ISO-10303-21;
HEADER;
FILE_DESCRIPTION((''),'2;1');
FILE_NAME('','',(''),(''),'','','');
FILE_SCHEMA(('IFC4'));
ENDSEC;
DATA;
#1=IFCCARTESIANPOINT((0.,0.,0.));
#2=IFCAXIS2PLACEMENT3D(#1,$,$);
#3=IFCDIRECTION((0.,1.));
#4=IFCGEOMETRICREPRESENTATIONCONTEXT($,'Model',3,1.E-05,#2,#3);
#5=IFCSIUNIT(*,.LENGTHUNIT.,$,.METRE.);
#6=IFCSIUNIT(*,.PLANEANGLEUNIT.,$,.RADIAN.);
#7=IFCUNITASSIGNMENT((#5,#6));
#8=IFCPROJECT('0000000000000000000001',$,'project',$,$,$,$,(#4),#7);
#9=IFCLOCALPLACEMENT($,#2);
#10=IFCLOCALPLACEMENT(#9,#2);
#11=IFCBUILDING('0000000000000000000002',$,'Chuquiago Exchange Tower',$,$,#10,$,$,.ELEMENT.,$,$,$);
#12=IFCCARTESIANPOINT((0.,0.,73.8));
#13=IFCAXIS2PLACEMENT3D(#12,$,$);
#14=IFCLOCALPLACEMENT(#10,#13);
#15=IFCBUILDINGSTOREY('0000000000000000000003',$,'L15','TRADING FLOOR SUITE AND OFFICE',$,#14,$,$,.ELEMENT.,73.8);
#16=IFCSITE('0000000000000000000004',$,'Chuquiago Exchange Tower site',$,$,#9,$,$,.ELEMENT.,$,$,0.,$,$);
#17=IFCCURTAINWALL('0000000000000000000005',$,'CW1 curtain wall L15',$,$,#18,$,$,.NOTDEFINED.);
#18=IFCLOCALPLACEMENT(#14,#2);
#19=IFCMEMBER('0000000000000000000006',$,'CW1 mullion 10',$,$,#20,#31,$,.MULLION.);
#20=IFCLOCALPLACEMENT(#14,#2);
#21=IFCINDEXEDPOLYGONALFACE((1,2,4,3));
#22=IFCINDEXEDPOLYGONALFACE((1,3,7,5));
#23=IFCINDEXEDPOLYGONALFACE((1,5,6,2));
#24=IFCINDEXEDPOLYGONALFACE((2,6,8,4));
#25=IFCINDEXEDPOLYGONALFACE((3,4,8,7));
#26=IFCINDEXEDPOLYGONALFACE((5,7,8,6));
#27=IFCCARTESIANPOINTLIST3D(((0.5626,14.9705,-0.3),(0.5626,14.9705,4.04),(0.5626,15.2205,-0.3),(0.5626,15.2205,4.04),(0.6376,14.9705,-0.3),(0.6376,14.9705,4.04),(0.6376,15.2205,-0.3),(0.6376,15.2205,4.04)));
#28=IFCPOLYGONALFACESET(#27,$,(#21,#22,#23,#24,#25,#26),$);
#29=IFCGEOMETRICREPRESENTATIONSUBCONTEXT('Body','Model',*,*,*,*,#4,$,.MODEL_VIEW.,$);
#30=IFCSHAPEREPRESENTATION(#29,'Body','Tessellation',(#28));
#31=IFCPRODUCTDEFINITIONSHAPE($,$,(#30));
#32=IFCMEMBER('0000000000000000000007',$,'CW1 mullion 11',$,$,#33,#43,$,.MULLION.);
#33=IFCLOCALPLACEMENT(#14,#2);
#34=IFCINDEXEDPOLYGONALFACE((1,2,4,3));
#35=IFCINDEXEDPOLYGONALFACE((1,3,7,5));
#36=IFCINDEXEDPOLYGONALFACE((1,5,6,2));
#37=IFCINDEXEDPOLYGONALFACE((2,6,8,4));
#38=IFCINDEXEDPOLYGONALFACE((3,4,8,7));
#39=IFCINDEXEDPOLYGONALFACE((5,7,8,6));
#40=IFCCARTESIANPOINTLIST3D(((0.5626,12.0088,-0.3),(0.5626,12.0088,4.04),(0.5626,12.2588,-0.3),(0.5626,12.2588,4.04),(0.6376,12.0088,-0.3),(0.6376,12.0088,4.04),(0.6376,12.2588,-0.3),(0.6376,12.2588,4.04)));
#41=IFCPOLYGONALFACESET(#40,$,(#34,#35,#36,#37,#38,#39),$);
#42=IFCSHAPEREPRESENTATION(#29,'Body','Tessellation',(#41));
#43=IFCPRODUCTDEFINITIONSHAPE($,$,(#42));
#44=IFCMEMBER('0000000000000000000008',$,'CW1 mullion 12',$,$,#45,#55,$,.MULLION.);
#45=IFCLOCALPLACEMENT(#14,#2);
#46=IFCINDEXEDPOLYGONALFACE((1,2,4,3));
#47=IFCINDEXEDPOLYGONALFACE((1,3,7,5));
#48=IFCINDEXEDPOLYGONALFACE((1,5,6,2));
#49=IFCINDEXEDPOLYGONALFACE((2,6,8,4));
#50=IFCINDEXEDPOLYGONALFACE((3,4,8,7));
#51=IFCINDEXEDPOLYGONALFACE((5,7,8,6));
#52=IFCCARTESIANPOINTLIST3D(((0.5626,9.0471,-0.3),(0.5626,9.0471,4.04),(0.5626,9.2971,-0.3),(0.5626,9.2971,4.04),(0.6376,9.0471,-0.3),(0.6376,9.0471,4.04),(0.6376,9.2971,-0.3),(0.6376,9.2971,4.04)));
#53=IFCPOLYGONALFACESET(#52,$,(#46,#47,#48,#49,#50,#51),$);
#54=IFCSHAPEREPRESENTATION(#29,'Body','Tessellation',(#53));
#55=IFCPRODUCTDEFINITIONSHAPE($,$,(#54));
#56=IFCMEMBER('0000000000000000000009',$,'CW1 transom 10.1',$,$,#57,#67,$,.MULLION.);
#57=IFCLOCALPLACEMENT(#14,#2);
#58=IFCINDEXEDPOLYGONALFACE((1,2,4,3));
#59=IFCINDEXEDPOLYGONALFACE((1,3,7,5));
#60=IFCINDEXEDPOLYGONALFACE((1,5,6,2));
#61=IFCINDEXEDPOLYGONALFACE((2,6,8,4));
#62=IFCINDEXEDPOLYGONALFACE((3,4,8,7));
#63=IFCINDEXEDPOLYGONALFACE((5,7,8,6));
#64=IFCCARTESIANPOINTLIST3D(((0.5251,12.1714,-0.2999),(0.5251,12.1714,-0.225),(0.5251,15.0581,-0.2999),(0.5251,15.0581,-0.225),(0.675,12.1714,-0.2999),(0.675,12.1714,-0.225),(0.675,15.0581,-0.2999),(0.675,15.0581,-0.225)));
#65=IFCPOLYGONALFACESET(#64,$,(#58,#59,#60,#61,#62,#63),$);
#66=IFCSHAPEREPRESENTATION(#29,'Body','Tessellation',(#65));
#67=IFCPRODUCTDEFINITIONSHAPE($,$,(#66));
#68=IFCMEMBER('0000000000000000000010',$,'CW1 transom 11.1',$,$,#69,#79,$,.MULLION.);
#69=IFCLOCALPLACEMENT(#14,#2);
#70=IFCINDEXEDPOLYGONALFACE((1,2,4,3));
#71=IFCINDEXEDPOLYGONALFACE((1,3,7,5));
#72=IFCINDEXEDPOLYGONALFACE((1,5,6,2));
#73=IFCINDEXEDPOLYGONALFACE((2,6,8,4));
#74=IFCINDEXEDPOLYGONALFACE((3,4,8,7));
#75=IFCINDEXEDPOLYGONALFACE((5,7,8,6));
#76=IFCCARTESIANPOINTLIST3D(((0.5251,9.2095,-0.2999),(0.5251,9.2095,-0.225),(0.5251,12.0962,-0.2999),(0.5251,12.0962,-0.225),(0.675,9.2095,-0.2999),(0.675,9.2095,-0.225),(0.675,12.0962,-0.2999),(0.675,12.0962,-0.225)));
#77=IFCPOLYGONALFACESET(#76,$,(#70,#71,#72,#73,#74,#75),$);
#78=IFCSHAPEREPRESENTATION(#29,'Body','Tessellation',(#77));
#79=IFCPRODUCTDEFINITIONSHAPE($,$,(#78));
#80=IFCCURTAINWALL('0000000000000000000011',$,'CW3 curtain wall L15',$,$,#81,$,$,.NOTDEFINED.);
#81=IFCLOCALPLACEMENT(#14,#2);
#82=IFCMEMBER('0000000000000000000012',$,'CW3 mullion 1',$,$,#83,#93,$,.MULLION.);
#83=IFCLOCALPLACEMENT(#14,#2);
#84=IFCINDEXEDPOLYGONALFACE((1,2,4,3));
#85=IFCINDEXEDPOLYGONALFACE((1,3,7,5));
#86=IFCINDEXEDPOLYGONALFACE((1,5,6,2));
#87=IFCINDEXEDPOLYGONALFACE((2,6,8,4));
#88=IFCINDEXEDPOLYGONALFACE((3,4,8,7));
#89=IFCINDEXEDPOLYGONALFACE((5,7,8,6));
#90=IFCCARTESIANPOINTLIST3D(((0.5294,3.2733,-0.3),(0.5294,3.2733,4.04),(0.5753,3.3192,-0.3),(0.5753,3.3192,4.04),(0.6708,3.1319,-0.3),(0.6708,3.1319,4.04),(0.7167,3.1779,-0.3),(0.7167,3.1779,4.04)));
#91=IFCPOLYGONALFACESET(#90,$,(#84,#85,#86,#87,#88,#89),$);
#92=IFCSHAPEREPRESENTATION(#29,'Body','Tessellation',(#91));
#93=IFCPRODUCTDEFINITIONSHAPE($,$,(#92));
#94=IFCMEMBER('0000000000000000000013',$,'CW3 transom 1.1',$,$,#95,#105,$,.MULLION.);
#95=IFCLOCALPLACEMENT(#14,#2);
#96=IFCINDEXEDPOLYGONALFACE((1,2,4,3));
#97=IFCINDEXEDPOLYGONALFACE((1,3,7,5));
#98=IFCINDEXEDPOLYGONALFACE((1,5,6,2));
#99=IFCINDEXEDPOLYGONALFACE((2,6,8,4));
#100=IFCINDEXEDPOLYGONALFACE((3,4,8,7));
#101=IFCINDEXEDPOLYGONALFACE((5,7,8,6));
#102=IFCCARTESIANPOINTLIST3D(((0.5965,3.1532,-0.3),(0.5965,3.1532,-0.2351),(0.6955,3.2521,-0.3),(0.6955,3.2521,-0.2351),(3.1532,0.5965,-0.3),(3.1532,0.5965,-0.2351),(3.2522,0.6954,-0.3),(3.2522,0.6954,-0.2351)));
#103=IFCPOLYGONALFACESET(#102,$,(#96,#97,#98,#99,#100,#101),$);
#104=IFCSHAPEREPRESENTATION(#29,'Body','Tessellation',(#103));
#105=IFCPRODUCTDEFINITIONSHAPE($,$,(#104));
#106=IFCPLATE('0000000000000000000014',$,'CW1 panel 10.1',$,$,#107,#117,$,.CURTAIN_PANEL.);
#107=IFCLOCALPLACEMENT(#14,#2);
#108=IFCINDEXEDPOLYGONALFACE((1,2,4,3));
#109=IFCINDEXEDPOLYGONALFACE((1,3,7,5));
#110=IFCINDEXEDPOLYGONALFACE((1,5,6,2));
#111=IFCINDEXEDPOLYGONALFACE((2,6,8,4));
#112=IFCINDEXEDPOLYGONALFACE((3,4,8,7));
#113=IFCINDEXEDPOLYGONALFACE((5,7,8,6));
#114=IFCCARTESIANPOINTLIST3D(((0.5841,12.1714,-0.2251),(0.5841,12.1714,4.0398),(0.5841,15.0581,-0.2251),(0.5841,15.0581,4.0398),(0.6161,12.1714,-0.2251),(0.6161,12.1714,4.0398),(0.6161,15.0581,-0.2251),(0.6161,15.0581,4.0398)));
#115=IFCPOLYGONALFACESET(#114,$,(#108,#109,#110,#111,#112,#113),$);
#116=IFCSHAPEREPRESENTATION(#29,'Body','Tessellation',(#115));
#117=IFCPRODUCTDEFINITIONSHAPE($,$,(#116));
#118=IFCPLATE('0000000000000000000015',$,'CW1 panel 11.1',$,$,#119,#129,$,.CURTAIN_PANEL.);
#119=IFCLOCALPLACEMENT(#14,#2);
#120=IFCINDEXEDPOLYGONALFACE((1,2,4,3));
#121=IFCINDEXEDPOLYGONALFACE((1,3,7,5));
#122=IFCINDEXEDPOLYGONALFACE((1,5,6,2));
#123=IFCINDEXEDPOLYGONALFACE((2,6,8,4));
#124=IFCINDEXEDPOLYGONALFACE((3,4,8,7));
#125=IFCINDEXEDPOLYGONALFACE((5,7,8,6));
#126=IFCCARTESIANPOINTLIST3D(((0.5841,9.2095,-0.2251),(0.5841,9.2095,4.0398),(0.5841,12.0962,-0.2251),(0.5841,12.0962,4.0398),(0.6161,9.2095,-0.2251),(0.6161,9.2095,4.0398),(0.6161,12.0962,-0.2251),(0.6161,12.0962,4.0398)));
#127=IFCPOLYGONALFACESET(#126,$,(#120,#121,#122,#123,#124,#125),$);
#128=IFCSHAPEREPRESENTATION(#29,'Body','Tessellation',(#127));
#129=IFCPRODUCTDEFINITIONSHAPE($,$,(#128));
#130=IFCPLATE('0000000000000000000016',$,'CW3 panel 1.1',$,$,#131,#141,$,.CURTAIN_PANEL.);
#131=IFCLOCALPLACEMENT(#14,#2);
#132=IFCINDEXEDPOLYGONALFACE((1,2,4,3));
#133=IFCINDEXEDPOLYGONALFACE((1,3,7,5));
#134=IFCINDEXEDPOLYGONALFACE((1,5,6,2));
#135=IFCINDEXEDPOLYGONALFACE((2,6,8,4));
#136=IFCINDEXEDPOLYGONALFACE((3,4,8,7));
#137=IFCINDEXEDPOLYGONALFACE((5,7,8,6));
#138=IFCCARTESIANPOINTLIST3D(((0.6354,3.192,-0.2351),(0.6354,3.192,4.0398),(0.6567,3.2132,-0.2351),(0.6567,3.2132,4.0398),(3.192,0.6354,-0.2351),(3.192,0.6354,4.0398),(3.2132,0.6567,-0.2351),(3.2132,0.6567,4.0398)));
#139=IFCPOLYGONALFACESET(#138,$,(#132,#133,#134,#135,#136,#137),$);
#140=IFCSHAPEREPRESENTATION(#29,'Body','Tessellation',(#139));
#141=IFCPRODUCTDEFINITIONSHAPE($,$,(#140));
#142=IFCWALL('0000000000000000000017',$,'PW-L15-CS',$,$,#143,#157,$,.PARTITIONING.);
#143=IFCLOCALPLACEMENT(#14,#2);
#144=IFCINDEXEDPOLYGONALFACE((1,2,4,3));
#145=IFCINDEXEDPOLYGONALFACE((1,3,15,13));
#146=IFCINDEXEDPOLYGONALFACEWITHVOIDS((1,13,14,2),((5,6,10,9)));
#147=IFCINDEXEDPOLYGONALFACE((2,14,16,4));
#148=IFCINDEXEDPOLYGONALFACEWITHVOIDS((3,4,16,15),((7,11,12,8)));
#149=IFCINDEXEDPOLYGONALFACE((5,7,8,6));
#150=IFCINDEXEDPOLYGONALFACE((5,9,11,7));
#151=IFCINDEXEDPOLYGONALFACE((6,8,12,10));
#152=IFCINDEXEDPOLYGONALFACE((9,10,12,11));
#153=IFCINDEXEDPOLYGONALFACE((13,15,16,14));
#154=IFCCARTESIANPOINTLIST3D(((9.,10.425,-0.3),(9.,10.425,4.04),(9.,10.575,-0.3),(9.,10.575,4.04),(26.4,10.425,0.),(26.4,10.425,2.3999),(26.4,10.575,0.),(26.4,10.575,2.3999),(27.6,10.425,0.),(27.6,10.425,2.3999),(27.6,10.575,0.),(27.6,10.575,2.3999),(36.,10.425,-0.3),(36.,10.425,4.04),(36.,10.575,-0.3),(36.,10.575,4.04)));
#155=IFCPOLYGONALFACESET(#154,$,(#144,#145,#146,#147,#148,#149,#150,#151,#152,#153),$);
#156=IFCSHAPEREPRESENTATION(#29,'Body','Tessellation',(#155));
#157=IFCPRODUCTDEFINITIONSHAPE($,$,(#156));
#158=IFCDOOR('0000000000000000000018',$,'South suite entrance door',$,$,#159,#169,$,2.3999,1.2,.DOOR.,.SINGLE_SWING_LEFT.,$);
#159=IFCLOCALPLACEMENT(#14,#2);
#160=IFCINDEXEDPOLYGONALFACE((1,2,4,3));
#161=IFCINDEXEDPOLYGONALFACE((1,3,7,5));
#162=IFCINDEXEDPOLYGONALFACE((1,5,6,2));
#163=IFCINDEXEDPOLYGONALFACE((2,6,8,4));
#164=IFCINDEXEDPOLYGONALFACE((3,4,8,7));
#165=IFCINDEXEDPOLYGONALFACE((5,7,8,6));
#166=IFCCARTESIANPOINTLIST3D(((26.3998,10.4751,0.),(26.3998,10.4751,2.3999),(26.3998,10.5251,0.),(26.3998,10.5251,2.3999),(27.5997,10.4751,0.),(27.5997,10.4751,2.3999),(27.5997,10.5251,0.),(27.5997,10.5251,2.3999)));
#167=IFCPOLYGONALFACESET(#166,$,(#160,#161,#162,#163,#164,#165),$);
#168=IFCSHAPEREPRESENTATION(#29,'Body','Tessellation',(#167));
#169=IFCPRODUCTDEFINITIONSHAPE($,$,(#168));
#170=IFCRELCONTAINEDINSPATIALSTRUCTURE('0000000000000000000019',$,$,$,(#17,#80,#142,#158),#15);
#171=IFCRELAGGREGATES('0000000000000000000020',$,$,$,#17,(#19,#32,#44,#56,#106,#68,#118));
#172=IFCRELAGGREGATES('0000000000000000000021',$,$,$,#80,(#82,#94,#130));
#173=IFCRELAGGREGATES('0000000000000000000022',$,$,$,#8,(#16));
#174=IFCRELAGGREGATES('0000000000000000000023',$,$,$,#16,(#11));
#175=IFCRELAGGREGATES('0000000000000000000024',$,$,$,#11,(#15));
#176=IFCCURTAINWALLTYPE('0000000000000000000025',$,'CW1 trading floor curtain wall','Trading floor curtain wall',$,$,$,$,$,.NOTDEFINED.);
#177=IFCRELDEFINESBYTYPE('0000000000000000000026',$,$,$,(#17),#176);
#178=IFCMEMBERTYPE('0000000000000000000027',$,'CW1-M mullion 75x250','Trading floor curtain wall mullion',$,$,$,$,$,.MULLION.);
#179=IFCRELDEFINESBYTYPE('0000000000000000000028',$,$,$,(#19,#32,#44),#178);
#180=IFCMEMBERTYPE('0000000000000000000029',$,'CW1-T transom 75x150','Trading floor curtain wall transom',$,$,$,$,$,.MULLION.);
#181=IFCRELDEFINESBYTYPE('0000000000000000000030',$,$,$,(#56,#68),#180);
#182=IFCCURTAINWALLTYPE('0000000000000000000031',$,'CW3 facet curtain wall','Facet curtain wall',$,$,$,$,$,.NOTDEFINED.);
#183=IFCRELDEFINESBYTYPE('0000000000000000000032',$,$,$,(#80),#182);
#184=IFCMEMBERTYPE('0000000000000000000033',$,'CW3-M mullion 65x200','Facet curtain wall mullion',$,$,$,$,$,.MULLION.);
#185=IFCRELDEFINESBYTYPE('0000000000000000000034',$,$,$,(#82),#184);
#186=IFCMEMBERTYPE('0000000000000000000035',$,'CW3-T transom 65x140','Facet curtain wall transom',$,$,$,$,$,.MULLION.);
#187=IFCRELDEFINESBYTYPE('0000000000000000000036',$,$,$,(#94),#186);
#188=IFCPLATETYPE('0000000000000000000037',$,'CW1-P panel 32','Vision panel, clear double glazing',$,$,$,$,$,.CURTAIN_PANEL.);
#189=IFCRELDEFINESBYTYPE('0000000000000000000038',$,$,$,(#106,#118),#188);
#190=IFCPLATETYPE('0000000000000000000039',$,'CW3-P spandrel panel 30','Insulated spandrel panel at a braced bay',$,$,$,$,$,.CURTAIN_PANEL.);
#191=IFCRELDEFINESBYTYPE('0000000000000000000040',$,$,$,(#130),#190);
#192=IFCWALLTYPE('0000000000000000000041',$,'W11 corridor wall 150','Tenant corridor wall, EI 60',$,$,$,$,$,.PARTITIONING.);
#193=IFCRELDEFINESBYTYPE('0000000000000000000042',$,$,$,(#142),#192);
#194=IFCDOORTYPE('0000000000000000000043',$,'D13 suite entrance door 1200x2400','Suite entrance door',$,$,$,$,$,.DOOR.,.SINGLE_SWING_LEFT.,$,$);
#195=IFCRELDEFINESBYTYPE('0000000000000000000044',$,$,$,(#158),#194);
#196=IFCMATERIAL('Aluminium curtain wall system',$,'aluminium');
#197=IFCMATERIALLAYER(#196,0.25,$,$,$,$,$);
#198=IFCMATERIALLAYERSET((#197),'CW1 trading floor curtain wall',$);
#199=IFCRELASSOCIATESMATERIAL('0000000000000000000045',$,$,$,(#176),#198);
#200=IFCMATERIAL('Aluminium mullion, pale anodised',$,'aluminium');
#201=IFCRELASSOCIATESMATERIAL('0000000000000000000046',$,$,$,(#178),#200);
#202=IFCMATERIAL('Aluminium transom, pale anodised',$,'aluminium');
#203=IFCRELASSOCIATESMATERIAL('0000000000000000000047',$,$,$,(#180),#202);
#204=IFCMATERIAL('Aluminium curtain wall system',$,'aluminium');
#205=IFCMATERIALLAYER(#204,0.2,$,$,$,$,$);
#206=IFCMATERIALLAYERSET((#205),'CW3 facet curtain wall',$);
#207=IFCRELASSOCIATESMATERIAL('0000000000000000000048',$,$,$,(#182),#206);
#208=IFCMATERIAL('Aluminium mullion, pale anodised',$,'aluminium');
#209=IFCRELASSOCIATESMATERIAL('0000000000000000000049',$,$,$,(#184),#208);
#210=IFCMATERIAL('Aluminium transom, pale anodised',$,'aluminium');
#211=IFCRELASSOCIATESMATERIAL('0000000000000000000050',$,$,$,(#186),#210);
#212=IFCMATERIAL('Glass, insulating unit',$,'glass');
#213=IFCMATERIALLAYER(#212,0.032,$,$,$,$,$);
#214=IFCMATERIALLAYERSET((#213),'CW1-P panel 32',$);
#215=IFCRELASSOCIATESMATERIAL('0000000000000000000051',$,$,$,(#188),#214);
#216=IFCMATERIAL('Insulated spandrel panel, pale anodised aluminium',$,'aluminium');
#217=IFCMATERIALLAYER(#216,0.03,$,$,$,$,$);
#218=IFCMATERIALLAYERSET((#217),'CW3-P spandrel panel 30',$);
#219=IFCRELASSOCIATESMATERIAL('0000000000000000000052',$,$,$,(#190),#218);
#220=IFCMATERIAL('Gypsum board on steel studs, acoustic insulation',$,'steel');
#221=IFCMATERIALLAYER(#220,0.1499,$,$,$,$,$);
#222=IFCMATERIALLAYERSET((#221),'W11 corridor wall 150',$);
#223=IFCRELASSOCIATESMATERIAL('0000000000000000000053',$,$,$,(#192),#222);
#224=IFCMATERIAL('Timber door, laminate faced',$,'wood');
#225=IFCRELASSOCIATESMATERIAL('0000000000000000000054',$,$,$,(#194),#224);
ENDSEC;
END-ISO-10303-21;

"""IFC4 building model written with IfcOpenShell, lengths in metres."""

from ifc_helpers import new_model, si_unit, direction, frame, frame_2d, origin, origin_2d, place, context, subcontext, project, spatial, rectangle, extrude, material, layer, layer_set, material_profile, profile_set, type_object, element, fill, aggregate, save


model = new_model("IFC4")

# Units and contexts
model_context = context("Model", 3, precision=1e-05, world=origin(), true_north=direction((0.0, 1.0)))
body_context = subcontext(model_context, "Body", "Model", "MODEL_VIEW")
ifc_project = project(units=[si_unit("LENGTHUNIT", "METRE"), si_unit("PLANEANGLEUNIT", "RADIAN")], contexts=[model_context])

# Site, building, storey
site_placement = place(None, origin())
site = spatial("IfcSite", under=ifc_project, at=site_placement, Name="Chuquiago Exchange Tower site", CompositionType="ELEMENT", RefElevation=0.0)
building_placement = place(site_placement, origin())
building = spatial("IfcBuilding", under=site, at=building_placement, Name="Chuquiago Exchange Tower", CompositionType="ELEMENT")
storey_placement = place(building_placement, frame((0.0, 0.0, 73.8)))
storey = spatial("IfcBuildingStorey", under=building, at=storey_placement, Name="L15", Description="TRADING FLOOR SUITE AND OFFICE", CompositionType="ELEMENT", Elevation=73.8)

# Curtain walls, members
ifc_material_1 = material(Name="Aluminium curtain wall system", Category="aluminium")
ifc_layer_1 = layer(ifc_material_1, 0.25)
ifc_layer_set_1 = layer_set([ifc_layer_1], Name="CW1 trading floor curtain wall")
curtain_wall_type_1 = type_object("IfcCurtainWallType", Name="CW1 trading floor curtain wall", Description="Trading floor curtain wall", PredefinedType="NOTDEFINED", material=ifc_layer_set_1)
curtain_wall_1_placement = place(storey_placement, origin())
curtain_wall_1 = element("IfcCurtainWall", 1, at=curtain_wall_1_placement, inside=storey, type_object=curtain_wall_type_1, Name="CW1 curtain wall L15", PredefinedType="NOTDEFINED")
ifc_material_2 = material(Name="Aluminium mullion, pale anodised", Category="aluminium")
ifc_material_profile_1 = material_profile(ifc_material_2, rectangle(XDim=0.075, YDim=0.25, at=origin_2d()), Name="AL 75x250")
ifc_profile_set_1 = profile_set([ifc_material_profile_1], Name="Aluminium mullion, pale anodised")
member_type_1 = type_object("IfcMemberType", Name="CW1-M mullion 75x250", Description="Trading floor curtain wall mullion", PredefinedType="MULLION", material=ifc_profile_set_1)
member_1_placement = place(storey_placement, frame((0.6001, 15.0955, -0.3), z_axis=(0.0, 0.0, 1.0), x_axis=(1.0, 0.0, 0.0)))
member_1 = element("IfcMember", 2, at=member_1_placement, type_object=member_type_1, Name="CW1 mullion 10", PredefinedType="MULLION", context=body_context, shape_type="SweptSolid", body=[
    extrude(rectangle(XDim=0.075, YDim=0.25, at=origin_2d()), origin(), (0.0, 0.0, 1.0), 4.3401),
])
member_2_placement = place(storey_placement, frame((0.6001, 12.1338, -0.3), z_axis=(0.0, 0.0, 1.0), x_axis=(1.0, 0.0, 0.0)))
member_2 = element("IfcMember", 3, at=member_2_placement, type_object=member_type_1, Name="CW1 mullion 11", PredefinedType="MULLION", context=body_context, shape_type="SweptSolid", body=[
    extrude(rectangle(XDim=0.075, YDim=0.25, at=origin_2d()), origin(), (0.0, 0.0, 1.0), 4.3401),
])
member_3_placement = place(storey_placement, frame((0.6001, 9.1721, -0.3), z_axis=(0.0, 0.0, 1.0), x_axis=(1.0, 0.0, 0.0)))
member_3 = element("IfcMember", 4, at=member_3_placement, type_object=member_type_1, Name="CW1 mullion 12", PredefinedType="MULLION", context=body_context, shape_type="SweptSolid", body=[
    extrude(rectangle(XDim=0.075, YDim=0.25, at=origin_2d()), origin(), (0.0, 0.0, 1.0), 4.3401),
])
ifc_material_3 = material(Name="Aluminium transom, pale anodised", Category="aluminium")
ifc_material_profile_2 = material_profile(ifc_material_3, rectangle(XDim=0.1499, YDim=0.075, at=origin_2d()), Name="AL 150x75")
ifc_profile_set_2 = profile_set([ifc_material_profile_2], Name="Aluminium transom, pale anodised")
member_type_2 = type_object("IfcMemberType", Name="CW1-T transom 75x150", Description="Trading floor curtain wall transom", PredefinedType="MULLION", material=ifc_profile_set_2)
member_4_placement = place(storey_placement, frame((0.6001, 15.0581, -0.2625), z_axis=(0.0, -1.0, 0.0), x_axis=(1.0, 0.0, 0.0)))
member_4 = element("IfcMember", 5, at=member_4_placement, type_object=member_type_2, Name="CW1 transom 10.1", PredefinedType="MULLION", context=body_context, shape_type="SweptSolid", body=[
    extrude(rectangle(XDim=0.1499, YDim=0.075, at=origin_2d()), origin(), (0.0, 0.0, 1.0), 2.8867),
])
member_5_placement = place(storey_placement, frame((0.6001, 12.0962, -0.2625), z_axis=(0.0, -1.0, 0.0), x_axis=(1.0, 0.0, 0.0)))
member_5 = element("IfcMember", 6, at=member_5_placement, type_object=member_type_2, Name="CW1 transom 11.1", PredefinedType="MULLION", context=body_context, shape_type="SweptSolid", body=[
    extrude(rectangle(XDim=0.1499, YDim=0.075, at=origin_2d()), origin(), (0.0, 0.0, 1.0), 2.8867),
])
ifc_material_4 = material(Name="Aluminium curtain wall system", Category="aluminium")
ifc_layer_2 = layer(ifc_material_4, 0.2)
ifc_layer_set_2 = layer_set([ifc_layer_2], Name="CW3 facet curtain wall")
curtain_wall_type_2 = type_object("IfcCurtainWallType", Name="CW3 facet curtain wall", Description="Facet curtain wall", PredefinedType="NOTDEFINED", material=ifc_layer_set_2)
curtain_wall_2_placement = place(storey_placement, origin())
curtain_wall_2 = element("IfcCurtainWall", 7, at=curtain_wall_2_placement, inside=storey, type_object=curtain_wall_type_2, Name="CW3 curtain wall L15", PredefinedType="NOTDEFINED")
ifc_material_5 = material(Name="Aluminium mullion, pale anodised", Category="aluminium")
ifc_material_profile_3 = material_profile(ifc_material_5, rectangle(XDim=0.0649, YDim=0.2, at=origin_2d()), Name="AL 65x200")
ifc_profile_set_3 = profile_set([ifc_material_profile_3], Name="Aluminium mullion, pale anodised")
member_type_3 = type_object("IfcMemberType", Name="CW3-M mullion 65x200", Description="Facet curtain wall mullion", PredefinedType="MULLION", material=ifc_profile_set_3)
member_6_placement = place(storey_placement, frame((0.623, 3.2256, -0.3), z_axis=(0.0, 0.0, 1.0), x_axis=(0.707107, 0.707107, 0.0)))
member_6 = element("IfcMember", 8, at=member_6_placement, type_object=member_type_3, Name="CW3 mullion 1", PredefinedType="MULLION", context=body_context, shape_type="SweptSolid", body=[
    extrude(rectangle(XDim=0.0649, YDim=0.2, at=origin_2d()), origin(), (0.0, 0.0, 1.0), 4.3401),
])
ifc_material_6 = material(Name="Aluminium transom, pale anodised", Category="aluminium")
ifc_material_profile_4 = material_profile(ifc_material_6, rectangle(XDim=0.1399, YDim=0.0649, at=origin_2d()), Name="AL 140x65")
ifc_profile_set_4 = profile_set([ifc_material_profile_4], Name="Aluminium transom, pale anodised")
member_type_4 = type_object("IfcMemberType", Name="CW3-T transom 65x140", Description="Facet curtain wall transom", PredefinedType="MULLION", material=ifc_profile_set_4)
member_7_placement = place(storey_placement, frame((0.646, 3.2026, -0.2676), z_axis=(0.707107, -0.707107, 0.0), x_axis=(0.707107, 0.707107, 0.0)))
member_7 = element("IfcMember", 9, at=member_7_placement, type_object=member_type_4, Name="CW3 transom 1.1", PredefinedType="MULLION", context=body_context, shape_type="SweptSolid", body=[
    extrude(rectangle(XDim=0.1399, YDim=0.0649, at=origin_2d()), origin(), (0.0, 0.0, 1.0), 3.6157),
])

# Plates
ifc_material_7 = material(Name="Glass, insulating unit", Category="glass")
ifc_layer_3 = layer(ifc_material_7, 0.032)
ifc_layer_set_3 = layer_set([ifc_layer_3], Name="CW1-P panel 32")
plate_type_1 = type_object("IfcPlateType", Name="CW1-P panel 32", Description="Vision panel, clear double glazing", PredefinedType="CURTAIN_PANEL", material=ifc_layer_set_3)
plate_1_placement = place(storey_placement, frame((0.6001, 13.6147, -0.2251), z_axis=(0.0, 0.0, 1.0), x_axis=(0.0, -1.0, 0.0)))
plate_1 = element("IfcPlate", 10, at=plate_1_placement, type_object=plate_type_1, Name="CW1 panel 10.1", PredefinedType="CURTAIN_PANEL", context=body_context, shape_type="SweptSolid", body=[
    extrude(rectangle(XDim=2.8867, YDim=0.032, at=origin_2d()), origin(), (0.0, 0.0, 1.0), 4.2649),
])
plate_2_placement = place(storey_placement, frame((0.6001, 10.6528, -0.2251), z_axis=(0.0, 0.0, 1.0), x_axis=(0.0, -1.0, 0.0)))
plate_2 = element("IfcPlate", 11, at=plate_2_placement, type_object=plate_type_1, Name="CW1 panel 11.1", PredefinedType="CURTAIN_PANEL", context=body_context, shape_type="SweptSolid", body=[
    extrude(rectangle(XDim=2.8867, YDim=0.032, at=origin_2d()), origin(), (0.0, 0.0, 1.0), 4.2649),
])
aggregate(curtain_wall_1, [member_1, member_2, member_3, member_4, plate_1, member_5, plate_2])
ifc_material_8 = material(Name="Insulated spandrel panel, pale anodised aluminium", Category="aluminium")
ifc_layer_4 = layer(ifc_material_8, 0.03)
ifc_layer_set_4 = layer_set([ifc_layer_4], Name="CW3-P spandrel panel 30")
plate_type_2 = type_object("IfcPlateType", Name="CW3-P spandrel panel 30", Description="Insulated spandrel panel at a braced bay", PredefinedType="CURTAIN_PANEL", material=ifc_layer_set_4)
plate_3_placement = place(storey_placement, frame((1.9243, 1.9243, -0.2351), z_axis=(0.0, 0.0, 1.0), x_axis=(0.707107, -0.707107, 0.0)))
plate_3 = element("IfcPlate", 12, at=plate_3_placement, type_object=plate_type_2, Name="CW3 panel 1.1", PredefinedType="CURTAIN_PANEL", context=body_context, shape_type="SweptSolid", body=[
    extrude(rectangle(XDim=3.6155, YDim=0.03, at=origin_2d()), origin(), (0.0, 0.0, 1.0), 4.2749),
])
aggregate(curtain_wall_2, [member_6, member_7, plate_3])

# Wall, opening, door
ifc_material_9 = material(Name="Gypsum board on steel studs, acoustic insulation", Category="steel")
ifc_layer_5 = layer(ifc_material_9, 0.1499)
ifc_layer_set_5 = layer_set([ifc_layer_5], Name="W11 corridor wall 150")
wall_type_1 = type_object("IfcWallType", Name="W11 corridor wall 150", Description="Tenant corridor wall, EI 60", PredefinedType="PARTITIONING", material=ifc_layer_set_5)
wall_1_placement = place(storey_placement, frame((9.0, 10.5, -0.3), z_axis=(0.0, 0.0, 1.0), x_axis=(1.0, 0.0, 0.0)))
wall_1 = element("IfcWall", 13, at=wall_1_placement, inside=storey, type_object=wall_type_1, Name="PW-L15-CS", PredefinedType="PARTITIONING", context=body_context, shape_type="SweptSolid", body=[
    extrude(rectangle(XDim=27.0, YDim=0.1499, at=frame_2d((13.5, 0.0))), origin(), (0.0, 0.0, 1.0), 4.3401),
])
opening_1_placement = place(wall_1_placement, frame((17.3999, 0.0, 0.3)))
opening_1 = element("IfcOpeningElement", 14, at=opening_1_placement, cuts=wall_1, PredefinedType="OPENING", context=body_context, shape_type="SweptSolid", body=[
    extrude(rectangle(XDim=1.2, YDim=2.3999, at=frame_2d((0.6001, 1.2))), frame((0.0, 0.085, 0.0), z_axis=(0.0, -1.0, 0.0), x_axis=(1.0, 0.0, 0.0)), (0.0, 0.0, 1.0), 0.1699),
])
ifc_material_10 = material(Name="Timber door, laminate faced", Category="wood")
door_type_1 = type_object("IfcDoorType", Name="D13 suite entrance door 1200x2400", Description="Suite entrance door", OperationType="SINGLE_SWING_LEFT", PredefinedType="DOOR", material=ifc_material_10)
door_1_placement = place(opening_1_placement, frame((1.2, 0.0, 0.0), z_axis=(0.0, 0.0, 1.0), x_axis=(-1.0, 0.0, 0.0)))
door_1 = element("IfcDoor", 15, at=door_1_placement, inside=storey, type_object=door_type_1, Name="South suite entrance door", OperationType="SINGLE_SWING_LEFT", OverallHeight=2.3999, OverallWidth=1.2, PredefinedType="DOOR", context=body_context, shape_type="SweptSolid", body=[
    extrude(rectangle(XDim=1.2, YDim=2.3999, at=frame_2d((0.6001, 1.2))), frame((0.0, 0.0249, 0.0), z_axis=(0.0, -1.0, 0.0), x_axis=(1.0, 0.0, 0.0)), (0.0, 0.0, 1.0), 0.05),
])
fill(opening_1, door_1)

save(model, "model.ifc")
